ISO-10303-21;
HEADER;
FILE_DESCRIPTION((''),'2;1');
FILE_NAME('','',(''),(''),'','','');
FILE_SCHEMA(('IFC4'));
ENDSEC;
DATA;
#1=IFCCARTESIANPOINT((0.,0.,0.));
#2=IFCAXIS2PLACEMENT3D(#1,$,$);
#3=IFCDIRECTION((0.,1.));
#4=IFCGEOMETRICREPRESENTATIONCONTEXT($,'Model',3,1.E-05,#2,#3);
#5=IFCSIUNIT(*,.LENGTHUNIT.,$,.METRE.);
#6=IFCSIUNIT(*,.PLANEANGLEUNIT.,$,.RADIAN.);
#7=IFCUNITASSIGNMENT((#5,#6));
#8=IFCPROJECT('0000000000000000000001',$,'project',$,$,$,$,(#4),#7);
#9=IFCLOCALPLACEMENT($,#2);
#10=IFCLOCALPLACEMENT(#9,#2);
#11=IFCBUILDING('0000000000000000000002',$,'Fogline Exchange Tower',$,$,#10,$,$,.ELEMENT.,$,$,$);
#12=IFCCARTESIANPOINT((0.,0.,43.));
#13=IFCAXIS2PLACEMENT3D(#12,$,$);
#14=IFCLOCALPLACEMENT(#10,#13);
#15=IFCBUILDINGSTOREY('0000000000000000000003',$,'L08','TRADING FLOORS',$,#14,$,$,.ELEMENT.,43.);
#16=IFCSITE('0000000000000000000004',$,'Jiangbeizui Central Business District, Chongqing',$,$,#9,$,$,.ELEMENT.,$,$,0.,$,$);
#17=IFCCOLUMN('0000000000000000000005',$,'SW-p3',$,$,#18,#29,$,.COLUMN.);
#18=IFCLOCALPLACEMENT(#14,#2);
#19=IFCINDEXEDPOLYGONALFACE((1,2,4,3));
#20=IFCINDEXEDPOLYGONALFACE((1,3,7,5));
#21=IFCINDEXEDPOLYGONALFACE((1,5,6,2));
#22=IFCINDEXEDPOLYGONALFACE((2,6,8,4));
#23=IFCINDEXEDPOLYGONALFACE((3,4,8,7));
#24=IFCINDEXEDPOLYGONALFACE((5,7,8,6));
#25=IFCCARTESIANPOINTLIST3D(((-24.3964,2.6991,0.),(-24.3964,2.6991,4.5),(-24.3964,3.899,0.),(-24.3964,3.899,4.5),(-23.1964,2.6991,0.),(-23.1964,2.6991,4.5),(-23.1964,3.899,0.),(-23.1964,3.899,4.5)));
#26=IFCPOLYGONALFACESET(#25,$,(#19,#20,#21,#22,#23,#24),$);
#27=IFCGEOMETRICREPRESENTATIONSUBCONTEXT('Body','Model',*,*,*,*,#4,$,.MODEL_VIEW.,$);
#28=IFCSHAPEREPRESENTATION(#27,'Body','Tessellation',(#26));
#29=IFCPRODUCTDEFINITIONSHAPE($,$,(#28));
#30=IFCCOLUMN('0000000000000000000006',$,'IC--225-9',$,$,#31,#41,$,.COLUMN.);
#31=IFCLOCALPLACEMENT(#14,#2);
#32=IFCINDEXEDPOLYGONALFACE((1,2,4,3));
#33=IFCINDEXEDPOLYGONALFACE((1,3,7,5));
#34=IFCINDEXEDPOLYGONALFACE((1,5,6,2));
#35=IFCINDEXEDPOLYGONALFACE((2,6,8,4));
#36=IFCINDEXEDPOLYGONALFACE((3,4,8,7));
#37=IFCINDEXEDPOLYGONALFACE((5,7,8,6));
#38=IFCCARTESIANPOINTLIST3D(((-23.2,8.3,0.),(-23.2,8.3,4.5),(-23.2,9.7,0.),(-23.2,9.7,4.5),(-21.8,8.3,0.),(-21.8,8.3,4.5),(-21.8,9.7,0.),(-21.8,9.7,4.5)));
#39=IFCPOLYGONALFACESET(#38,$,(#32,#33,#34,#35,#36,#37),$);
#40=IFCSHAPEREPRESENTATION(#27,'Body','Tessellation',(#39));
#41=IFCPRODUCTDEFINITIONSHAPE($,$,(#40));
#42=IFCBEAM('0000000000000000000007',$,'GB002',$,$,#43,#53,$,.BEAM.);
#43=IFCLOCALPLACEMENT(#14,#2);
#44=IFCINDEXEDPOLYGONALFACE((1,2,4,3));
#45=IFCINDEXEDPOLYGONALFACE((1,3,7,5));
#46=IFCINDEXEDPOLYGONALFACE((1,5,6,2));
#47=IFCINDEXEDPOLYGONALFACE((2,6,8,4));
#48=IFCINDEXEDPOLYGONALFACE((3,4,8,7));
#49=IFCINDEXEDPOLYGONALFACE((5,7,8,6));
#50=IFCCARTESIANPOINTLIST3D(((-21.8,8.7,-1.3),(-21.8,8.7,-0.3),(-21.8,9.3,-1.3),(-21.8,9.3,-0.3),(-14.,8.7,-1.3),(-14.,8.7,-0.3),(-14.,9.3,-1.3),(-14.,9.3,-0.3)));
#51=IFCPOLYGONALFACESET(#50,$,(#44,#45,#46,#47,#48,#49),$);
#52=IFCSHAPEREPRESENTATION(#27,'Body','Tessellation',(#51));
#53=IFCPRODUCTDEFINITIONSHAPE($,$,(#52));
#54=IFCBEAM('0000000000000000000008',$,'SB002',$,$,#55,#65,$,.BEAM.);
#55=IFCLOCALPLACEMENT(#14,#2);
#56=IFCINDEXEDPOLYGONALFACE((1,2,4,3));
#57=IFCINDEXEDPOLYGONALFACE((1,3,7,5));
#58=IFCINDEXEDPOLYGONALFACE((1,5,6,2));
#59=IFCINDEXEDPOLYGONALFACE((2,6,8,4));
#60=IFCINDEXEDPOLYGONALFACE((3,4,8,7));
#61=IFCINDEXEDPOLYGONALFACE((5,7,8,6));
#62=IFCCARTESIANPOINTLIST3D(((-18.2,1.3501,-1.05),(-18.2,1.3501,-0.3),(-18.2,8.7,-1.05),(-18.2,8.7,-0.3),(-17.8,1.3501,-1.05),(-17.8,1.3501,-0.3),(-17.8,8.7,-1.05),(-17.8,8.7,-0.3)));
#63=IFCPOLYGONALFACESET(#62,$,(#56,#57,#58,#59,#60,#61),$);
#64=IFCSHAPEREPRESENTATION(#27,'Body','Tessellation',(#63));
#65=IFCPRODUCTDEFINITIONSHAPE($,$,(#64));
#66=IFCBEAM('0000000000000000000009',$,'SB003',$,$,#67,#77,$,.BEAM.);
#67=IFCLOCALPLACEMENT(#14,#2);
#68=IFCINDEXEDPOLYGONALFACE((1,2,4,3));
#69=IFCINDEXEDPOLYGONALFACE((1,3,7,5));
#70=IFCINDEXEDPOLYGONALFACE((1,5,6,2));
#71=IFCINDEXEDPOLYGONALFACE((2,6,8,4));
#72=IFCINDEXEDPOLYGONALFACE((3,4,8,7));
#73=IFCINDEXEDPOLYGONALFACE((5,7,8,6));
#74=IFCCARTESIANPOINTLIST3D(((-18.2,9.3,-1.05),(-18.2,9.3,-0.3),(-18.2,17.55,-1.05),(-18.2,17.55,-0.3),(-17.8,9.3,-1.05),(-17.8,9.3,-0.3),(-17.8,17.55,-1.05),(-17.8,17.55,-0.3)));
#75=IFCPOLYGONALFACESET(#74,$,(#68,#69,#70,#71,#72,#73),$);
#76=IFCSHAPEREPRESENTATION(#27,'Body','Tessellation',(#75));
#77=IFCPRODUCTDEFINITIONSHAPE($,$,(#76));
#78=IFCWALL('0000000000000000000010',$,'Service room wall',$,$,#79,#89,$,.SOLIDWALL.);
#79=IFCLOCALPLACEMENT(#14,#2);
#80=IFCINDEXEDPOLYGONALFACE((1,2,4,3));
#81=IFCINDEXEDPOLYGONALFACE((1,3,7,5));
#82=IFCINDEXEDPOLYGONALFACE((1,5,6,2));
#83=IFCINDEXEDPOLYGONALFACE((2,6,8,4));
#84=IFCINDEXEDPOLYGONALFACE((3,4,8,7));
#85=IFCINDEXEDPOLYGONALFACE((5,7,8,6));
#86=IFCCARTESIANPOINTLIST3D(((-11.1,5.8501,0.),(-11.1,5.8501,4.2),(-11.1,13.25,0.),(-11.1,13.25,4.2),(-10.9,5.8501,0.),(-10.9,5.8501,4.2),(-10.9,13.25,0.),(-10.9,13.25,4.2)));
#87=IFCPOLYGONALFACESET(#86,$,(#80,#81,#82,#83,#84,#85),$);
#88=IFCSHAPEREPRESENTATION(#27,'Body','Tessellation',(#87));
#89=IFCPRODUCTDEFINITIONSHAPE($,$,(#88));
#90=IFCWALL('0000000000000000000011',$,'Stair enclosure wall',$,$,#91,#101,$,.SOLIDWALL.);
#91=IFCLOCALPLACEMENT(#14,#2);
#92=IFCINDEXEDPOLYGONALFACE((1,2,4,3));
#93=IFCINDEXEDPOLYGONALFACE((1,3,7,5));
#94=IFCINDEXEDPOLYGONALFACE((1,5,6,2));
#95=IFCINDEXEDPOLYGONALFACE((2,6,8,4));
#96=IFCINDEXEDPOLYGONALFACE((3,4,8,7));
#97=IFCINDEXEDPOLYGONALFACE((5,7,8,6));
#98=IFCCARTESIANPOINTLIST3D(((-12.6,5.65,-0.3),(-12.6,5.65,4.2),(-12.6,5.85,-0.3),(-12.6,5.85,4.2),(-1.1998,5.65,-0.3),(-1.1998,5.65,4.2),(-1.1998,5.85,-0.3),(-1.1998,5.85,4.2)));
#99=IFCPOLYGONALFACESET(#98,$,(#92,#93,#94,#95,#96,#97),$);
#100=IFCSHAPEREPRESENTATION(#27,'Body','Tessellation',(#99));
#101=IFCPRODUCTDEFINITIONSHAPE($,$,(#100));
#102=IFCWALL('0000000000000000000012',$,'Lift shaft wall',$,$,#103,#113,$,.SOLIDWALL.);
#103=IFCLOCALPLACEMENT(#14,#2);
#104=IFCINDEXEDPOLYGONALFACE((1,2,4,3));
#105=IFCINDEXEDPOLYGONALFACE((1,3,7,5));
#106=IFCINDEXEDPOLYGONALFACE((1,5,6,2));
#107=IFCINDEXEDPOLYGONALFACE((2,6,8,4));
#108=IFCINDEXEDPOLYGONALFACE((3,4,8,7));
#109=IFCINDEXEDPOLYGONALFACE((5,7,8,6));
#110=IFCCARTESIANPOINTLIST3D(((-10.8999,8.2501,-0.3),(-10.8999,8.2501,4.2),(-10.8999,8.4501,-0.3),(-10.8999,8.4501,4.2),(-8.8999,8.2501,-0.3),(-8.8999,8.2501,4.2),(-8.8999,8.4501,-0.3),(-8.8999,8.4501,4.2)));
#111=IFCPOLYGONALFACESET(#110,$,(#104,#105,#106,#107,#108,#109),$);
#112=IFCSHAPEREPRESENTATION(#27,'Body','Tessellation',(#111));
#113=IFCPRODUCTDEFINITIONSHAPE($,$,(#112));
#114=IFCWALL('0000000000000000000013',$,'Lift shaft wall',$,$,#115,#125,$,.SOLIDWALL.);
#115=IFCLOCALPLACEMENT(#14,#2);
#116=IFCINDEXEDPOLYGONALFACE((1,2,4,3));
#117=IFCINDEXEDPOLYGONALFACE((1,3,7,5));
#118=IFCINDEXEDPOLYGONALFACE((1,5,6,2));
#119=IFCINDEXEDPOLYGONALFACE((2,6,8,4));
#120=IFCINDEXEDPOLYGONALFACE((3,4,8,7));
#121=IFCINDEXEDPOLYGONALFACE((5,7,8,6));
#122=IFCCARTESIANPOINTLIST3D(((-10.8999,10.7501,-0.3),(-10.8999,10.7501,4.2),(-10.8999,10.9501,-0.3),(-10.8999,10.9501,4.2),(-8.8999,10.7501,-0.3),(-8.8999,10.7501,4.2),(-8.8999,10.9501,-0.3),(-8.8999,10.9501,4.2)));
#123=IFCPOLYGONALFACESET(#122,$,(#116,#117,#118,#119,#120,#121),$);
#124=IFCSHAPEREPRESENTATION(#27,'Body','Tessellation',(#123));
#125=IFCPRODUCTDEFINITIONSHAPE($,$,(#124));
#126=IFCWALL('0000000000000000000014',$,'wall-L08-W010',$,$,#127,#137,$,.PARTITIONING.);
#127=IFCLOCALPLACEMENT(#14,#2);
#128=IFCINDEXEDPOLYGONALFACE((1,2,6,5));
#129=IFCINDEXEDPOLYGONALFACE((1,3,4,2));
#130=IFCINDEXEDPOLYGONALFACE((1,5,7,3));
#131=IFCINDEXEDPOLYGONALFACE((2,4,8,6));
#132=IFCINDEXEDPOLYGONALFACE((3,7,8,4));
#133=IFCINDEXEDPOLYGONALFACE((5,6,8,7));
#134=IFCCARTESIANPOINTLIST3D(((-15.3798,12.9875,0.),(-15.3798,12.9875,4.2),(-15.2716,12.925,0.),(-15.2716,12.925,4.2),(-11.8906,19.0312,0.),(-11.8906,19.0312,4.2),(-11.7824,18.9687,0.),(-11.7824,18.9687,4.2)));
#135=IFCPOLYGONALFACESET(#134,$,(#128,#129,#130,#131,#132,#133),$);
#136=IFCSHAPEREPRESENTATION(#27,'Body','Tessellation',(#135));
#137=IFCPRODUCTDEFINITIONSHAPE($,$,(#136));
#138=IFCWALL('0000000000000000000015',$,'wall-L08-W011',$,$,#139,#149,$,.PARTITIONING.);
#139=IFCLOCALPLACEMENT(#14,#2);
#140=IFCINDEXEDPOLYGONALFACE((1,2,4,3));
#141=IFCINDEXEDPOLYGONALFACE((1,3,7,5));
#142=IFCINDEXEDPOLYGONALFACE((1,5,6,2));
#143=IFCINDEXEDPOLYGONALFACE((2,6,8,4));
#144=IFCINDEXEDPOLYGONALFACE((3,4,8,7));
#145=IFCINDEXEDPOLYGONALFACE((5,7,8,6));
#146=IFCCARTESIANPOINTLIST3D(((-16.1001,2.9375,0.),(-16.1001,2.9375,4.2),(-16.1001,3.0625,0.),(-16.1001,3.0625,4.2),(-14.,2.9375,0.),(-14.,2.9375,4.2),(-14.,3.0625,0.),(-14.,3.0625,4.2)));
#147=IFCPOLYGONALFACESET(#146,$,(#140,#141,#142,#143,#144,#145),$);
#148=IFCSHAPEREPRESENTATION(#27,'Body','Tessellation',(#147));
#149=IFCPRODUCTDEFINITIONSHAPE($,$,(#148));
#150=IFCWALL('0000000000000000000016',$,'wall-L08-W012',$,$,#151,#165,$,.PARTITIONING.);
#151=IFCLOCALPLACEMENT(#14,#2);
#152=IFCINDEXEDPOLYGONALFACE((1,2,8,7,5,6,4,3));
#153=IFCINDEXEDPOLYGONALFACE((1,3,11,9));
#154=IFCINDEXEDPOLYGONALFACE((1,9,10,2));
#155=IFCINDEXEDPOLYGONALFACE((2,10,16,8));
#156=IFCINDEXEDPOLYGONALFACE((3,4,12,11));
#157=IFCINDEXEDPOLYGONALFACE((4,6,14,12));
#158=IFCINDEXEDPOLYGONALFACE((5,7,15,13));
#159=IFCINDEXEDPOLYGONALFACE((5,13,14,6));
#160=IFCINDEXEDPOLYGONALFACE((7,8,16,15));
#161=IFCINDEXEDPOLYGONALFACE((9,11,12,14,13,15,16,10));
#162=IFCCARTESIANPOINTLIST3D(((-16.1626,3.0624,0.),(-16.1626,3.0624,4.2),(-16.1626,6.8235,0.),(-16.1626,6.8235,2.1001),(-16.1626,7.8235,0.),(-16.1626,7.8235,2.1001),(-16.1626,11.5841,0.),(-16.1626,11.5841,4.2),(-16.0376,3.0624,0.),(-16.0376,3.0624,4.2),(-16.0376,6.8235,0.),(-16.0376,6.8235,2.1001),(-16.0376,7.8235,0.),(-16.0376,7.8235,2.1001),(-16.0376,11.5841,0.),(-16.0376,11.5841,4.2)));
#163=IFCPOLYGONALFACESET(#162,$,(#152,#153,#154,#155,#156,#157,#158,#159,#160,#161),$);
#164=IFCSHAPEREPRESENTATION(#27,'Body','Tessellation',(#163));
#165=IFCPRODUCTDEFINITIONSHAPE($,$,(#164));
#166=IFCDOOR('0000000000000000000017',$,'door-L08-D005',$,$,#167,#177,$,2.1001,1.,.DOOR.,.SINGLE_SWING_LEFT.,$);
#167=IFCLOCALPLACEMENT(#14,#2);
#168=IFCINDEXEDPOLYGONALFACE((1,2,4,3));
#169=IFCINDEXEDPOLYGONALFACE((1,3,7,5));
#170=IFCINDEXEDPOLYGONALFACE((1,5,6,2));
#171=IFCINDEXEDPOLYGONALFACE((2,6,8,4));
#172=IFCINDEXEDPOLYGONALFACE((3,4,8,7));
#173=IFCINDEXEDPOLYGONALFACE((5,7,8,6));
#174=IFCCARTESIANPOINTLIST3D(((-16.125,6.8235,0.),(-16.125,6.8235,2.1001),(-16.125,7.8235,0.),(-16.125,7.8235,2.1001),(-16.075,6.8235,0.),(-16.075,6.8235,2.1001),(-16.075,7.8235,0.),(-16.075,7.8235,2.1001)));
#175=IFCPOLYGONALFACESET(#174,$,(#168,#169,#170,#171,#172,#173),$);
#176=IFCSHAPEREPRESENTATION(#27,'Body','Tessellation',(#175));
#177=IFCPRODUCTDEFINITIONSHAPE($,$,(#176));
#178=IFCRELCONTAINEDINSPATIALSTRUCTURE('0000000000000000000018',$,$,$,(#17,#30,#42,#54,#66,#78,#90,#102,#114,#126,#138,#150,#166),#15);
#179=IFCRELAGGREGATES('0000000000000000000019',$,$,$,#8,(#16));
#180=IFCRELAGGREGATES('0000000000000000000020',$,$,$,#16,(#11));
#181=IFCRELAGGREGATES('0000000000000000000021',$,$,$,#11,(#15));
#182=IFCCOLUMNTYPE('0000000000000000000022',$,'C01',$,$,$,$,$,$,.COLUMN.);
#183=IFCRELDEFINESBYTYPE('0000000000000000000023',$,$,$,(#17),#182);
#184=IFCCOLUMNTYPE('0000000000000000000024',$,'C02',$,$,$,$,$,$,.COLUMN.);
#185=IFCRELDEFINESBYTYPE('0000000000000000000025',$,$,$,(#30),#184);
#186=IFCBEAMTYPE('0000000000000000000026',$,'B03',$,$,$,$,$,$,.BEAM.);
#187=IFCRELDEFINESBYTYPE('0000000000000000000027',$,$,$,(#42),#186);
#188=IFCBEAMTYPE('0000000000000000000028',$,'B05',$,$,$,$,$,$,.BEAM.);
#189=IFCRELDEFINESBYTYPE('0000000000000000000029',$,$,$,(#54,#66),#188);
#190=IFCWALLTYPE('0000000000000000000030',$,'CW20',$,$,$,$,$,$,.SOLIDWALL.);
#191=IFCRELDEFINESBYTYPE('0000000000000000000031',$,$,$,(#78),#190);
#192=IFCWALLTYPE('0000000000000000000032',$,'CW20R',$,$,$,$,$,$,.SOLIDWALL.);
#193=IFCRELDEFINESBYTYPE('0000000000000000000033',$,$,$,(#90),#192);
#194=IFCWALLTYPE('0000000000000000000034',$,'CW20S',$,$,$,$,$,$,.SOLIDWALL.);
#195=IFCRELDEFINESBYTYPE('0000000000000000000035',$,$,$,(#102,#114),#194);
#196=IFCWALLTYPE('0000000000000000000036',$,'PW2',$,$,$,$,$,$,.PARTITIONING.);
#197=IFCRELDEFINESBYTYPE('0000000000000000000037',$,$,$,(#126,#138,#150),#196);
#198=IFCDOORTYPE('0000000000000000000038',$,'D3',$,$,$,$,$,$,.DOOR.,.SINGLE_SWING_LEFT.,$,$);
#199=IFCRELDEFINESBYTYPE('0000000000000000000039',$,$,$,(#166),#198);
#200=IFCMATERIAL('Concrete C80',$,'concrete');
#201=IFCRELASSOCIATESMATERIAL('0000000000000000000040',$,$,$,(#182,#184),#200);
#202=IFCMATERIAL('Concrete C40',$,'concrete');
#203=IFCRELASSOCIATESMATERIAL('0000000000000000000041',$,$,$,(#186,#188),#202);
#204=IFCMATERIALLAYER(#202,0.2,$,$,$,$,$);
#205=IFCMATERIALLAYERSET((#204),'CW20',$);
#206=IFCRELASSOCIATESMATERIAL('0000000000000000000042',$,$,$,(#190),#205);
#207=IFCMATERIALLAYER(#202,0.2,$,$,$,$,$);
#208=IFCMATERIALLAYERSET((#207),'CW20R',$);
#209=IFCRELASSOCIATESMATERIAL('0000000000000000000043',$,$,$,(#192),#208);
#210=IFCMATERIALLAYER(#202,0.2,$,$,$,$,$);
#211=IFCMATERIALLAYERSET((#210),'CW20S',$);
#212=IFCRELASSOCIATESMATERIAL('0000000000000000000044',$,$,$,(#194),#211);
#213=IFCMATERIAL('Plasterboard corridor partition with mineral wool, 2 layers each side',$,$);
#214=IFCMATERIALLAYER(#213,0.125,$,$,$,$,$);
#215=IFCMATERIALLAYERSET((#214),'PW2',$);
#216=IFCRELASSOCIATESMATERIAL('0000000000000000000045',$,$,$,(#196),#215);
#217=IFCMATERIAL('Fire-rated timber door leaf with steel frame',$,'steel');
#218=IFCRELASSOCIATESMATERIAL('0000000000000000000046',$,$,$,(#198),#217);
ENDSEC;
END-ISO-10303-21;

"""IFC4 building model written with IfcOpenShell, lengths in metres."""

from ifc_helpers import new_model, si_unit, direction, frame, frame_2d, origin, origin_2d, place, context, subcontext, project, spatial, rectangle, extrude, material, layer, layer_set, material_profile, profile_set, type_object, element, fill, save


model = new_model("IFC4")

# Units and contexts
model_context = context("Model", 3, precision=1e-05, world=origin(), true_north=direction((0.0, 1.0)))
body_context = subcontext(model_context, "Body", "Model", "MODEL_VIEW")
ifc_project = project(units=[si_unit("LENGTHUNIT", "METRE"), si_unit("PLANEANGLEUNIT", "RADIAN")], contexts=[model_context])

# Site, building, storey
site_placement = place(None, origin())
site = spatial("IfcSite", under=ifc_project, at=site_placement, Name="Jiangbeizui Central Business District, Chongqing", CompositionType="ELEMENT", RefElevation=0.0)
building_placement = place(site_placement, origin())
building = spatial("IfcBuilding", under=site, at=building_placement, Name="Fogline Exchange Tower", CompositionType="ELEMENT")
storey_placement = place(building_placement, frame((0.0, 0.0, 43.0)))
storey = spatial("IfcBuildingStorey", under=building, at=storey_placement, Name="L08", Description="TRADING FLOORS", CompositionType="ELEMENT", Elevation=43.0)

# Columns
ifc_material_1 = material(Name="Concrete C80", Category="concrete")
ifc_material_profile_1 = material_profile(ifc_material_1, rectangle(XDim=1.2, YDim=1.2, at=origin_2d()), Name="RC 1200x1200")
ifc_profile_set_1 = profile_set([ifc_material_profile_1], Name="Concrete C80")
column_type_1 = type_object("IfcColumnType", Name="C01", PredefinedType="COLUMN", material=ifc_profile_set_1)
column_1_placement = place(storey_placement, frame((-23.7964, 3.2991, 0.0), z_axis=(0.0, 0.0, 1.0), x_axis=(1.0, 0.0, 0.0)))
element("IfcColumn", 1, at=column_1_placement, inside=storey, type_object=column_type_1, Name="SW-p3", PredefinedType="COLUMN", context=body_context, shape_type="SweptSolid", body=[
    extrude(rectangle(XDim=1.2, YDim=1.2, at=origin_2d()), origin(), (0.0, 0.0, 1.0), 4.5),
])
ifc_material_profile_2 = material_profile(ifc_material_1, rectangle(XDim=1.3999, YDim=1.3999, at=origin_2d()), Name="RC 1400x1400")
ifc_profile_set_2 = profile_set([ifc_material_profile_2], Name="Concrete C80")
column_type_2 = type_object("IfcColumnType", Name="C02", PredefinedType="COLUMN", material=ifc_profile_set_2)
column_2_placement = place(storey_placement, frame((-22.5, 9.0, 0.0), z_axis=(0.0, 0.0, 1.0), x_axis=(1.0, 0.0, 0.0)))
element("IfcColumn", 2, at=column_2_placement, inside=storey, type_object=column_type_2, Name="IC--225-9", PredefinedType="COLUMN", context=body_context, shape_type="SweptSolid", body=[
    extrude(rectangle(XDim=1.3999, YDim=1.3999, at=origin_2d()), origin(), (0.0, 0.0, 1.0), 4.5),
])

# Beams
ifc_material_2 = material(Name="Concrete C40", Category="concrete")
ifc_material_profile_3 = material_profile(ifc_material_2, rectangle(XDim=0.6001, YDim=1.0, at=origin_2d()), Name="RC 600x1000")
ifc_profile_set_3 = profile_set([ifc_material_profile_3], Name="Concrete C40")
beam_type_1 = type_object("IfcBeamType", Name="B03", PredefinedType="BEAM", material=ifc_profile_set_3)
beam_1_placement = place(storey_placement, frame((-21.8, 9.0, -0.8), z_axis=(1.0, 0.0, 0.0), x_axis=(0.0, 1.0, 0.0)))
element("IfcBeam", 3, at=beam_1_placement, inside=storey, type_object=beam_type_1, Name="GB002", PredefinedType="BEAM", context=body_context, shape_type="SweptSolid", body=[
    extrude(rectangle(XDim=0.6001, YDim=1.0, at=origin_2d()), origin(), (0.0, 0.0, 1.0), 7.8),
])
ifc_material_profile_4 = material_profile(ifc_material_2, rectangle(XDim=0.3999, YDim=0.75, at=origin_2d()), Name="RC 400x750")
ifc_profile_set_4 = profile_set([ifc_material_profile_4], Name="Concrete C40")
beam_type_2 = type_object("IfcBeamType", Name="B05", PredefinedType="BEAM", material=ifc_profile_set_4)
beam_2_placement = place(storey_placement, frame((-18.0, 1.3501, -0.675), z_axis=(0.0, 1.0, 0.0), x_axis=(-1.0, 0.0, 0.0)))
element("IfcBeam", 4, at=beam_2_placement, inside=storey, type_object=beam_type_2, Name="SB002", PredefinedType="BEAM", context=body_context, shape_type="SweptSolid", body=[
    extrude(rectangle(XDim=0.3999, YDim=0.75, at=origin_2d()), origin(), (0.0, 0.0, 1.0), 7.3499),
])
beam_3_placement = place(storey_placement, frame((-18.0, 9.3, -0.675), z_axis=(0.0, 1.0, 0.0), x_axis=(-1.0, 0.0, 0.0)))
element("IfcBeam", 5, at=beam_3_placement, inside=storey, type_object=beam_type_2, Name="SB003", PredefinedType="BEAM", context=body_context, shape_type="SweptSolid", body=[
    extrude(rectangle(XDim=0.3999, YDim=0.75, at=origin_2d()), origin(), (0.0, 0.0, 1.0), 8.25),
])

# Walls
ifc_layer_1 = layer(ifc_material_2, 0.2)
ifc_layer_set_1 = layer_set([ifc_layer_1], Name="CW20")
wall_type_1 = type_object("IfcWallType", Name="CW20", PredefinedType="SOLIDWALL", material=ifc_layer_set_1)
wall_1_placement = place(storey_placement, frame((-11.0, 5.8501, 0.0), z_axis=(0.0, 0.0, 1.0), x_axis=(0.0, 1.0, 0.0)))
element("IfcWall", 6, at=wall_1_placement, inside=storey, type_object=wall_type_1, Name="Service room wall", PredefinedType="SOLIDWALL", context=body_context, shape_type="SweptSolid", body=[
    extrude(rectangle(XDim=7.3999, YDim=0.2, at=frame_2d((3.7, 0.0))), origin(), (0.0, 0.0, 1.0), 4.2),
])
ifc_layer_2 = layer(ifc_material_2, 0.2)
ifc_layer_set_2 = layer_set([ifc_layer_2], Name="CW20R")
wall_type_2 = type_object("IfcWallType", Name="CW20R", PredefinedType="SOLIDWALL", material=ifc_layer_set_2)
wall_2_placement = place(storey_placement, frame((-12.6001, 5.75, -0.3), z_axis=(0.0, 0.0, 1.0), x_axis=(1.0, 0.0, 0.0)))
element("IfcWall", 7, at=wall_2_placement, inside=storey, type_object=wall_type_2, Name="Stair enclosure wall", PredefinedType="SOLIDWALL", context=body_context, shape_type="SweptSolid", body=[
    extrude(rectangle(XDim=11.4001, YDim=0.2, at=frame_2d((5.7002, 0.0))), origin(), (0.0, 0.0, 1.0), 4.5),
])
ifc_layer_3 = layer(ifc_material_2, 0.2)
ifc_layer_set_3 = layer_set([ifc_layer_3], Name="CW20S")
wall_type_3 = type_object("IfcWallType", Name="CW20S", PredefinedType="SOLIDWALL", material=ifc_layer_set_3)
for number, where, z_axis, x_axis, name in (
    (8, (-10.8999, 8.3501, -0.3), (0.0, 0.0, 1.0), (1.0, 0.0, 0.0), "Lift shaft wall"),
    (9, (-10.8999, 10.8501, -0.3), (0.0, 0.0, 1.0), (1.0, 0.0, 0.0), "Lift shaft wall"),
):
    element("IfcWall", number, at=place(storey_placement, frame(where, z_axis=z_axis, x_axis=x_axis)), inside=storey, type_object=wall_type_3, Name=name, PredefinedType="SOLIDWALL", context=body_context, shape_type="SweptSolid", body=[
        extrude(rectangle(XDim=2.0, YDim=0.2, at=frame_2d((1.0, 0.0))), origin(), (0.0, 0.0, 1.0), 4.5),
    ])
ifc_material_3 = material(Name="Plasterboard corridor partition with mineral wool, 2 layers each side")
ifc_layer_4 = layer(ifc_material_3, 0.125)
ifc_layer_set_4 = layer_set([ifc_layer_4], Name="PW2")
wall_type_4 = type_object("IfcWallType", Name="PW2", PredefinedType="PARTITIONING", material=ifc_layer_set_4)
wall_3_placement = place(storey_placement, frame((-15.3257, 12.9563, 0.0), z_axis=(0.0, 0.0, 1.0), x_axis=(0.499992, 0.86603, 0.0)))
element("IfcWall", 10, at=wall_3_placement, inside=storey, type_object=wall_type_4, Name="wall-L08-W010", PredefinedType="PARTITIONING", context=body_context, shape_type="SweptSolid", body=[
    extrude(rectangle(XDim=6.9785, YDim=0.125, at=frame_2d((3.4893, 0.0))), origin(), (0.0, 0.0, 1.0), 4.2),
])
wall_4_placement = place(storey_placement, frame((-14.0, 3.0, 0.0), z_axis=(0.0, 0.0, 1.0), x_axis=(-1.0, 0.0, 0.0)))
element("IfcWall", 11, at=wall_4_placement, inside=storey, type_object=wall_type_4, Name="wall-L08-W011", PredefinedType="PARTITIONING", context=body_context, shape_type="SweptSolid", body=[
    extrude(rectangle(XDim=2.1001, YDim=0.125, at=frame_2d((1.05, 0.0))), origin(), (0.0, 0.0, 1.0), 4.2),
])

# Wall, opening, door
wall_5_placement = place(storey_placement, frame((-16.1001, 3.0625, 0.0), z_axis=(0.0, 0.0, 1.0), x_axis=(0.0, 1.0, 0.0)))
wall_5 = element("IfcWall", 12, at=wall_5_placement, inside=storey, type_object=wall_type_4, Name="wall-L08-W012", PredefinedType="PARTITIONING", context=body_context, shape_type="SweptSolid", body=[
    extrude(rectangle(XDim=8.5217, YDim=0.125, at=frame_2d((4.2607, 0.0))), origin(), (0.0, 0.0, 1.0), 4.2),
])
opening_1_placement = place(wall_5_placement, frame((3.761, 0.0, 0.0)))
opening_1 = element("IfcOpeningElement", 13, at=opening_1_placement, cuts=wall_5, PredefinedType="OPENING", context=body_context, shape_type="SweptSolid", body=[
    extrude(rectangle(XDim=1.0, YDim=2.1001, at=frame_2d((0.5, 1.05))), frame((0.0, 0.0725, 0.0), z_axis=(0.0, -1.0, 0.0), x_axis=(1.0, 0.0, 0.0)), (0.0, 0.0, 1.0), 0.145),
])
ifc_material_4 = material(Name="Fire-rated timber door leaf with steel frame", Category="steel")
door_type_1 = type_object("IfcDoorType", Name="D3", OperationType="SINGLE_SWING_LEFT", PredefinedType="DOOR", material=ifc_material_4)
door_1_placement = place(opening_1_placement, origin())
door_1 = element("IfcDoor", 14, at=door_1_placement, inside=storey, type_object=door_type_1, Name="door-L08-D005", OperationType="SINGLE_SWING_LEFT", OverallHeight=2.1001, OverallWidth=1.0, PredefinedType="DOOR", context=body_context, shape_type="SweptSolid", body=[
    extrude(rectangle(XDim=1.0, YDim=2.1001, at=frame_2d((0.5, 1.05))), frame((0.0, 0.0249, 0.0), z_axis=(0.0, -1.0, 0.0), x_axis=(1.0, 0.0, 0.0)), (0.0, 0.0, 1.0), 0.05),
])
fill(opening_1, door_1)

save(model, "model.ifc")
